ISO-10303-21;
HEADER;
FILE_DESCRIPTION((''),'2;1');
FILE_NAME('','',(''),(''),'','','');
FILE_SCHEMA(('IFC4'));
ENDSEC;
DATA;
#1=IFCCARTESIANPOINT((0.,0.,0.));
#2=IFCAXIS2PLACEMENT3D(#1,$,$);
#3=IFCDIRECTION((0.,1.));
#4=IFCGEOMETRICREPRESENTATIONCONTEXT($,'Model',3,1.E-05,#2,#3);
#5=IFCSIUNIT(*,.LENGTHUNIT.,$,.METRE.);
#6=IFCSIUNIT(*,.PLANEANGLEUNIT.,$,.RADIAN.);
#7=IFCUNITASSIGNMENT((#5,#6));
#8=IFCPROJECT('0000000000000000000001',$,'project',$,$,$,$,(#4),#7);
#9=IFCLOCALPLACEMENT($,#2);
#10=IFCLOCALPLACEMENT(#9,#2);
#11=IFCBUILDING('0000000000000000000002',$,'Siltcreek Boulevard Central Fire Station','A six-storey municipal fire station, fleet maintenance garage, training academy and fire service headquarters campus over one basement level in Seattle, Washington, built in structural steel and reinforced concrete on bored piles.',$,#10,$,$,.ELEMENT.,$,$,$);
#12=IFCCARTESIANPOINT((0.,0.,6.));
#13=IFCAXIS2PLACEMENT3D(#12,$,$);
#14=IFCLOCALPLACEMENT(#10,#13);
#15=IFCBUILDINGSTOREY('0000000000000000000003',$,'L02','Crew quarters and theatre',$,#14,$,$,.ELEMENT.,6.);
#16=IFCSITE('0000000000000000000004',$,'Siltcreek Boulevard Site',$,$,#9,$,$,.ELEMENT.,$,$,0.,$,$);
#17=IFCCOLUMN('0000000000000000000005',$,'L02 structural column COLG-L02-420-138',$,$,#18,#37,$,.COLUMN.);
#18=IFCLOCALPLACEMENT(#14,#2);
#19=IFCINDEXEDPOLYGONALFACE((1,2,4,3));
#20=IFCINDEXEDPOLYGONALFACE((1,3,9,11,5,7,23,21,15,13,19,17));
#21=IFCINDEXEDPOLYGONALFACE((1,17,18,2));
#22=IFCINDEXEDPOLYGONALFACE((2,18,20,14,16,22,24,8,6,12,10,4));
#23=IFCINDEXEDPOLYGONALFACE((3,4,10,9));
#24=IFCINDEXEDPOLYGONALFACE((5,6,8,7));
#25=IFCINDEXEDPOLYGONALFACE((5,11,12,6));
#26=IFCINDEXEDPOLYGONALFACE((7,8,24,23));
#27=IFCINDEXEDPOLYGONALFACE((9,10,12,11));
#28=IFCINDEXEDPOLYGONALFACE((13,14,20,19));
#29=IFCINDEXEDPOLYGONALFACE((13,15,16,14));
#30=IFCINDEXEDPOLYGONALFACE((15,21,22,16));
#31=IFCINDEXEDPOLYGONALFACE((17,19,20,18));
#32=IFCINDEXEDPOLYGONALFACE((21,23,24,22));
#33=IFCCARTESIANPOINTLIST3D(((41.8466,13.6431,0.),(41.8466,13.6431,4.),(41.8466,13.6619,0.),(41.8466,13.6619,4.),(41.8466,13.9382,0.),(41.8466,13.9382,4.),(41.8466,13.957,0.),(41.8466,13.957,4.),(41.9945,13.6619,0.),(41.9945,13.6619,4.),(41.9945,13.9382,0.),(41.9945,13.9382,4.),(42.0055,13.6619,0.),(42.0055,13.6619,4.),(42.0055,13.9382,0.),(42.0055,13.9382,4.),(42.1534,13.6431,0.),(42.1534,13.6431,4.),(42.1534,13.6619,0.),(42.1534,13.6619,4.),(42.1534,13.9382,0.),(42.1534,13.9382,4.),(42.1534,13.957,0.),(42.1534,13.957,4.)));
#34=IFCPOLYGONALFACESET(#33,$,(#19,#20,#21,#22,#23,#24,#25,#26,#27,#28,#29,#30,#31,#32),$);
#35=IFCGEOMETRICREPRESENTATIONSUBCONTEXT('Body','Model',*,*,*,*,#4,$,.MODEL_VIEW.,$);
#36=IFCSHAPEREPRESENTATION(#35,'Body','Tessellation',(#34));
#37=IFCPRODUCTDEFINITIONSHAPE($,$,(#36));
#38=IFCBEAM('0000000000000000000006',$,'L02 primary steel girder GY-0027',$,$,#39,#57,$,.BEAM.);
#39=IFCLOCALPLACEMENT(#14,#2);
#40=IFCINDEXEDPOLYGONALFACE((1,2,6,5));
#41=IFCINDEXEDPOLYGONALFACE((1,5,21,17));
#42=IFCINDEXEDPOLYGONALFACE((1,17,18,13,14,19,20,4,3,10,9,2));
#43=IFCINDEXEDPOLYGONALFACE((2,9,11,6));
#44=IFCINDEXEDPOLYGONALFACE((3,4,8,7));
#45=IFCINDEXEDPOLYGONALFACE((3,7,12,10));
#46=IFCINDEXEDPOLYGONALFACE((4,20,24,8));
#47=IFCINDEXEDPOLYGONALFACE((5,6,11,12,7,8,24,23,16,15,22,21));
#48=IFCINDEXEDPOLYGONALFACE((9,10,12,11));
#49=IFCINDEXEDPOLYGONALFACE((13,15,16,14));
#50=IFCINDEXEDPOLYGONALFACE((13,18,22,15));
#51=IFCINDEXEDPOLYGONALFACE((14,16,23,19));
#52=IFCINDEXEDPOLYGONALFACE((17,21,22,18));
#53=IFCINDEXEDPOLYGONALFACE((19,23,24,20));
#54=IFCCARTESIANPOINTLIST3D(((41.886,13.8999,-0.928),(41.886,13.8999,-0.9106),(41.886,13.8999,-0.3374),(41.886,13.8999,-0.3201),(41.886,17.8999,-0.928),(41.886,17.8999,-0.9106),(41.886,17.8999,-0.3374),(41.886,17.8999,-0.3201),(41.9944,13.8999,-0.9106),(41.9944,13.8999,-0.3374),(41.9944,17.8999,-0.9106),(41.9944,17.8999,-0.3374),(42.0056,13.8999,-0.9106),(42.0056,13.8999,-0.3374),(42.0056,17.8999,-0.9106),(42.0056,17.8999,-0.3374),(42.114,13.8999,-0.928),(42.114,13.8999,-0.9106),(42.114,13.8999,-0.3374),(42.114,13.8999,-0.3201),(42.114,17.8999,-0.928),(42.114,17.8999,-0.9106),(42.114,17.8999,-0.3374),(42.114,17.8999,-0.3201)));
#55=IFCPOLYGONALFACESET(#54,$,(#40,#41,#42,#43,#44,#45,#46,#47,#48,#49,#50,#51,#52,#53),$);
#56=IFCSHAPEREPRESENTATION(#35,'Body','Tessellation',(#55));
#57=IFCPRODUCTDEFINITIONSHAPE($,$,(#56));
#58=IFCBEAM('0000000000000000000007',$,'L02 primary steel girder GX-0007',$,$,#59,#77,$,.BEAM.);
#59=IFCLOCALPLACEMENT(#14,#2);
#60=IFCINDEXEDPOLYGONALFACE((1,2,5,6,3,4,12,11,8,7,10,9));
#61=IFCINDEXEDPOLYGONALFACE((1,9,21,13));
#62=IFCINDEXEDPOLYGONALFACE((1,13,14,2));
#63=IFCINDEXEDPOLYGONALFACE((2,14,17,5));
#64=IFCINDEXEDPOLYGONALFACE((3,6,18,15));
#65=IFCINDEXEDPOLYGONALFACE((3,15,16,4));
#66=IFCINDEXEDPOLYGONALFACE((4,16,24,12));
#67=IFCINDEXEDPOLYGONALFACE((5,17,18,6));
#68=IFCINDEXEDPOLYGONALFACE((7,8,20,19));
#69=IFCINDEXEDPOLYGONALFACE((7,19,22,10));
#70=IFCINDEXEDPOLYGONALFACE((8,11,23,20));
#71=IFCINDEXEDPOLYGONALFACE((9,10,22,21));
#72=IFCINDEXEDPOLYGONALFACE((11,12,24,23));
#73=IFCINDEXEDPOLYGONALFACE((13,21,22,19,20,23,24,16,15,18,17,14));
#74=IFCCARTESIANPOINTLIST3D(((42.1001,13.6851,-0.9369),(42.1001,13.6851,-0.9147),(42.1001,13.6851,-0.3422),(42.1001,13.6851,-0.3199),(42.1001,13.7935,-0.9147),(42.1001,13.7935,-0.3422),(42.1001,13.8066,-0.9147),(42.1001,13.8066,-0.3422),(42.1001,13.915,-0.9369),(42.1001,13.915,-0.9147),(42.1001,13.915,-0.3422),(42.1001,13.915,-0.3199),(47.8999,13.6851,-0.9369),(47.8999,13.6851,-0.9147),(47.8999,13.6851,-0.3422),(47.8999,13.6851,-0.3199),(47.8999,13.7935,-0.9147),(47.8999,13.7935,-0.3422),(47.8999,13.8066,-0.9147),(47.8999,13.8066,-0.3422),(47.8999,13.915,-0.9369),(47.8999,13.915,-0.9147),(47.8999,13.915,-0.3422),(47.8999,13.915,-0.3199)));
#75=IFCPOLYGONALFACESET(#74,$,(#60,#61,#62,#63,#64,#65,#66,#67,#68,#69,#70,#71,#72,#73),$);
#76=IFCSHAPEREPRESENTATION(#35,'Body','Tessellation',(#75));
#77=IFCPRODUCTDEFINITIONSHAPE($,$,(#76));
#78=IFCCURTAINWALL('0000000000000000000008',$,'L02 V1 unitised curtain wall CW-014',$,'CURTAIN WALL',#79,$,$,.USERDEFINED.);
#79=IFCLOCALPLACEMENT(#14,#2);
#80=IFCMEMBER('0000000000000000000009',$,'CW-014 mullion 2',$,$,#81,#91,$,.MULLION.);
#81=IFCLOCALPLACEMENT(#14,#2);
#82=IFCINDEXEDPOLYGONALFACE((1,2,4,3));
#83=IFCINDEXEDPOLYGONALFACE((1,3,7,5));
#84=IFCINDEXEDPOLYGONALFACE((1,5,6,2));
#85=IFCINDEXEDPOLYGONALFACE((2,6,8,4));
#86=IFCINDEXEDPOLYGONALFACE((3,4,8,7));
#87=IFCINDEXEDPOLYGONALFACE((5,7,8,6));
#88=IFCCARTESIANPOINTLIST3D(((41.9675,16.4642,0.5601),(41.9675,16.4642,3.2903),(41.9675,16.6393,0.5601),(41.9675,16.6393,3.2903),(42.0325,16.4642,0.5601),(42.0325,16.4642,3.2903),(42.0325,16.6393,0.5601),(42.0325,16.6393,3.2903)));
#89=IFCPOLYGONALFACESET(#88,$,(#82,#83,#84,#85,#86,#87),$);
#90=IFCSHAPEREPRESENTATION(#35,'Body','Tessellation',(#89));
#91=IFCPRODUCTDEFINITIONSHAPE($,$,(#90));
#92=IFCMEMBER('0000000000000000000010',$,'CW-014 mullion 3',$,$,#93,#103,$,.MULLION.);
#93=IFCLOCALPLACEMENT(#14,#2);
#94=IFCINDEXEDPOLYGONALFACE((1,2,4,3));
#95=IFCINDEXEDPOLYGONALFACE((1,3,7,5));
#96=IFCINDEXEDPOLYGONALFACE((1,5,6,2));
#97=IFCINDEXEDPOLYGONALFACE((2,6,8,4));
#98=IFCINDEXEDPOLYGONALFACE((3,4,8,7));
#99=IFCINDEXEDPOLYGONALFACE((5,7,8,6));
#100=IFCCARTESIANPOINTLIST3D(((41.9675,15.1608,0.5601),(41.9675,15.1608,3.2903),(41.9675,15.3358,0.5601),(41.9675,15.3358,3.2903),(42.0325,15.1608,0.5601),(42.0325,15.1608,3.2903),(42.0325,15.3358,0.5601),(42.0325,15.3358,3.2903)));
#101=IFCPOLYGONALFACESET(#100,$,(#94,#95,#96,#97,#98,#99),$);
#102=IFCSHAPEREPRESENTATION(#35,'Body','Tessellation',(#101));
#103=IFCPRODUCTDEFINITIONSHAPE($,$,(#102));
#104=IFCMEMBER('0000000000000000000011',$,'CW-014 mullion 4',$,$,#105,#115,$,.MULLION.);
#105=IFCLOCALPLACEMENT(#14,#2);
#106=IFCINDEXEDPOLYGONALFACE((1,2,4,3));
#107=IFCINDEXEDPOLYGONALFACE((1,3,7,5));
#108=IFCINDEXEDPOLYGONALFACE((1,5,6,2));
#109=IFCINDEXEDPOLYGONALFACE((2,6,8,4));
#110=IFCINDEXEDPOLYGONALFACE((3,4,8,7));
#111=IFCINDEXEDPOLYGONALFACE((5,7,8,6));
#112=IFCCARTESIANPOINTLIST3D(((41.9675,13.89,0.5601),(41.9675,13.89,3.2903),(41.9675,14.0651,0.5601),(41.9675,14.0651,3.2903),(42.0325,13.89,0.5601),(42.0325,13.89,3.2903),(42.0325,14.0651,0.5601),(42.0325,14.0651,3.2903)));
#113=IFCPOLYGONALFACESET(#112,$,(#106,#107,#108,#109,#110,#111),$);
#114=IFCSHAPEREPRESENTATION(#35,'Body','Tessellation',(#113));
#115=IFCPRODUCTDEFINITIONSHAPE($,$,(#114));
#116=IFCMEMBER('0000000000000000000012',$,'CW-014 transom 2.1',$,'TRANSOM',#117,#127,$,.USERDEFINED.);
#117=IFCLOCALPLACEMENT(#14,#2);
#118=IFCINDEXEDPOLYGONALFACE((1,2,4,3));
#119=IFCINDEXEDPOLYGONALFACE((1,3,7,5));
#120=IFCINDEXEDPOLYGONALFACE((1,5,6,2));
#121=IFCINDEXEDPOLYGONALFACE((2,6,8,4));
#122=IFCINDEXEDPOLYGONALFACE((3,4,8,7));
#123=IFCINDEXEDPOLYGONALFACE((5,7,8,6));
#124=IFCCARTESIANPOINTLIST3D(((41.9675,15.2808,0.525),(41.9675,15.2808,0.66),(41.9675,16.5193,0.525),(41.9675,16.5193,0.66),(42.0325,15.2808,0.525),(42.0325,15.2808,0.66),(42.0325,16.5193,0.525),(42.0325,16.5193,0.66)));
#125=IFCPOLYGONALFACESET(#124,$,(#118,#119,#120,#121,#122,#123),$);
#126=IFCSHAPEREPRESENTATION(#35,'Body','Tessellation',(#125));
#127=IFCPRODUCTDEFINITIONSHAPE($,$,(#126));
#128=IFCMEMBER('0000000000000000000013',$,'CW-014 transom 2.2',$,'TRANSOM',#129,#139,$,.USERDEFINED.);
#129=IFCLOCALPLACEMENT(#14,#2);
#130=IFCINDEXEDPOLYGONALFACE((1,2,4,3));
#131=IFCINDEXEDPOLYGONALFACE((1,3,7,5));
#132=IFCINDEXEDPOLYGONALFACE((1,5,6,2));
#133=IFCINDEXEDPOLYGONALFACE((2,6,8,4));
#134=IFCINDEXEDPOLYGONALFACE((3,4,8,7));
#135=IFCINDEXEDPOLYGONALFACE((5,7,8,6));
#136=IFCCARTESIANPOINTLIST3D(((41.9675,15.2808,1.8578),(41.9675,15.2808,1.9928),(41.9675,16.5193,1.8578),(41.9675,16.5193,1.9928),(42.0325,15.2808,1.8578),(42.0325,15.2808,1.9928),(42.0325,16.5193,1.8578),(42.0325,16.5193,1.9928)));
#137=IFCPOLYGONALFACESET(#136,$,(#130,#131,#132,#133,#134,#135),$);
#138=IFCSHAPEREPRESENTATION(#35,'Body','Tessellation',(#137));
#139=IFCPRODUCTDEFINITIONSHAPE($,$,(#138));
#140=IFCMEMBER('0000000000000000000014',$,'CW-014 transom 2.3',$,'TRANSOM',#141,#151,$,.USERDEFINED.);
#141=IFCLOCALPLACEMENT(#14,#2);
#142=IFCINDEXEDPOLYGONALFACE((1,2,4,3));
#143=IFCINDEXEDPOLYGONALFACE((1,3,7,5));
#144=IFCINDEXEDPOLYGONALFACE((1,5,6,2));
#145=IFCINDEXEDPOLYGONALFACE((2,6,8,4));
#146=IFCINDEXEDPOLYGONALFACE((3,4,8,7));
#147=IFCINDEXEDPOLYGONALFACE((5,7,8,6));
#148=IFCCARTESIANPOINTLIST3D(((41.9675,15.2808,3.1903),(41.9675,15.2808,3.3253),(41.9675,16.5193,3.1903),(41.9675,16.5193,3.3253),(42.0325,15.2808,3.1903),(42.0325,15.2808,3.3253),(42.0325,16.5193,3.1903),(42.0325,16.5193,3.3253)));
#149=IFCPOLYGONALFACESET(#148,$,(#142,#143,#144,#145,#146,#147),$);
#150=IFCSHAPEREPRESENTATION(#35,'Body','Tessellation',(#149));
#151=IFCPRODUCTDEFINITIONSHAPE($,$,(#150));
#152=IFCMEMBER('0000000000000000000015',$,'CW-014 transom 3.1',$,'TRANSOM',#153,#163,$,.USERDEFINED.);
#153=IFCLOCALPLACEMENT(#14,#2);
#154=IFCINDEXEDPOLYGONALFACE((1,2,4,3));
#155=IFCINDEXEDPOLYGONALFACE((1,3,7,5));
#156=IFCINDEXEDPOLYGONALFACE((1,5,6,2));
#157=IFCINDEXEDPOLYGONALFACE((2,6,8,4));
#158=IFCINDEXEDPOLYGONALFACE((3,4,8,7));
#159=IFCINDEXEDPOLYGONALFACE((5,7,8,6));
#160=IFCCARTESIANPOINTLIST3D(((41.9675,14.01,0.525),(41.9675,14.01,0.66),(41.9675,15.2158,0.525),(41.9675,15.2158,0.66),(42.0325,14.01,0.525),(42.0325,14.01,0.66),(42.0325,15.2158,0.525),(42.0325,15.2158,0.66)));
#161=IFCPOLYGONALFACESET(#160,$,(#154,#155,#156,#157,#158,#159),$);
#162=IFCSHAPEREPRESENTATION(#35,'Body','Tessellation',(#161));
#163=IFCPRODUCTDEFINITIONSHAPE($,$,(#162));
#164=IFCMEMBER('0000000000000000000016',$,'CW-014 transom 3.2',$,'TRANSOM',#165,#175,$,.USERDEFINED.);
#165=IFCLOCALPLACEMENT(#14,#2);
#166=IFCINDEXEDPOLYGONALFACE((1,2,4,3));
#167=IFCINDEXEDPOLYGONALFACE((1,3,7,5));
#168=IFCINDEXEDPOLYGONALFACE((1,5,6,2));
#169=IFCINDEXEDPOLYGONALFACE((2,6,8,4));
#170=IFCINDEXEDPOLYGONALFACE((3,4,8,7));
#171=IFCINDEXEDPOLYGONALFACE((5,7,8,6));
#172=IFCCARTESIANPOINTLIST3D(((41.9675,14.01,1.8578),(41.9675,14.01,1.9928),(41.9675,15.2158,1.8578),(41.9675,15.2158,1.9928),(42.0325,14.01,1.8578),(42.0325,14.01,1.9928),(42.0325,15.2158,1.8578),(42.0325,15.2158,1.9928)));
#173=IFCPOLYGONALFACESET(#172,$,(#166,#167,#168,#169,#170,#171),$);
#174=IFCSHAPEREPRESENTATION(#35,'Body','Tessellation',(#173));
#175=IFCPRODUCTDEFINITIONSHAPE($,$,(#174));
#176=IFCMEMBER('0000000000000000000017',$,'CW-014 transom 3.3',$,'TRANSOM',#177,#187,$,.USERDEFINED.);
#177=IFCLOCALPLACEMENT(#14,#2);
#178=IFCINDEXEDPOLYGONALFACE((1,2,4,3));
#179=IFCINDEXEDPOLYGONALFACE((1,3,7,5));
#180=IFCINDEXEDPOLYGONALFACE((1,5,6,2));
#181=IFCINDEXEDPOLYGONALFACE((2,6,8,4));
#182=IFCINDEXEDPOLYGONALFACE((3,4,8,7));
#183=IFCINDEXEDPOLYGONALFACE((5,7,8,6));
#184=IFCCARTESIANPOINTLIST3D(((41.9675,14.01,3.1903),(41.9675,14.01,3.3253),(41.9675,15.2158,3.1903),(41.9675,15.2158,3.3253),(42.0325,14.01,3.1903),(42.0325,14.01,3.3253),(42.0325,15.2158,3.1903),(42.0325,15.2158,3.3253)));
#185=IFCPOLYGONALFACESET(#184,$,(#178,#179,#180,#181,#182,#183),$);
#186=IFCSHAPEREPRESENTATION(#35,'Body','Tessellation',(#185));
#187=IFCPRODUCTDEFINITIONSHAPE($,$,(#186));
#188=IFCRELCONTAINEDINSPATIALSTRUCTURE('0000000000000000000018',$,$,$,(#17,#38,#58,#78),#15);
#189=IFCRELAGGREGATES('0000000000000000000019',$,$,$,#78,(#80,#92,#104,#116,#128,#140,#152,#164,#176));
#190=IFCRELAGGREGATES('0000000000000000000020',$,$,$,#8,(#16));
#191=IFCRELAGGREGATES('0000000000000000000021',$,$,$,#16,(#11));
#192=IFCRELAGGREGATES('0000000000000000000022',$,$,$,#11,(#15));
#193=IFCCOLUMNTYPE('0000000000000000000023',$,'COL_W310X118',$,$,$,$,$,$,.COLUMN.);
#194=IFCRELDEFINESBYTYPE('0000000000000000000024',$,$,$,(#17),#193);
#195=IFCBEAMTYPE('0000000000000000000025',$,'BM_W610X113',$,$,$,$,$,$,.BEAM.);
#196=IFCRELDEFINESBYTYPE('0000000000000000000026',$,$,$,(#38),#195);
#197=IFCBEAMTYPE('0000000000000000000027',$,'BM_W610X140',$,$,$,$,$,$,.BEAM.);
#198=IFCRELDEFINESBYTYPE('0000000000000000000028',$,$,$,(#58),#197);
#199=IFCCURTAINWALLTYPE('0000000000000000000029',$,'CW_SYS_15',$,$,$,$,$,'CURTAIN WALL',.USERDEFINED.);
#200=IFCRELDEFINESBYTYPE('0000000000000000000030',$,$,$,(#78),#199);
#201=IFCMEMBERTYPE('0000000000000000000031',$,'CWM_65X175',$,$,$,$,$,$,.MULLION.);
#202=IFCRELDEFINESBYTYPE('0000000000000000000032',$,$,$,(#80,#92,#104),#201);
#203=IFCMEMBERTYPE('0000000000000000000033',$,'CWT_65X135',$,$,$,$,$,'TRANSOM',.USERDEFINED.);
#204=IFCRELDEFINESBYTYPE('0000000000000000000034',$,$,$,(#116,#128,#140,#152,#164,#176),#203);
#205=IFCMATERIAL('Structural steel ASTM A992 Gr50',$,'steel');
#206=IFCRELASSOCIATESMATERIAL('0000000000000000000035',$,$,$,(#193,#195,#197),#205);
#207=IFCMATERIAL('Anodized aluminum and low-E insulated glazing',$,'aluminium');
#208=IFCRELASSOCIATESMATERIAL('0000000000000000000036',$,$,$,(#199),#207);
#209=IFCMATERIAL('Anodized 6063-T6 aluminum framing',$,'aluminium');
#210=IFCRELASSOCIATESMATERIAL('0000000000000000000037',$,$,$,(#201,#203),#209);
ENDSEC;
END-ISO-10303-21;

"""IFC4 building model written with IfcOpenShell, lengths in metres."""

from ifc_helpers import new_model, si_unit, direction, frame, origin, origin_2d, place, context, subcontext, project, spatial, rectangle, i_section, extrude, material, material_profile, profile_set, type_object, element, aggregate, save


model = new_model("IFC4")

# Units and contexts
model_context = context("Model", 3, precision=1e-05, world=origin(), true_north=direction((0.0, 1.0)))
body_context = subcontext(model_context, "Body", "Model", "MODEL_VIEW")
ifc_project = project(units=[si_unit("LENGTHUNIT", "METRE"), si_unit("PLANEANGLEUNIT", "RADIAN")], contexts=[model_context])

# Site, building, storey
site_placement = place(None, origin())
site = spatial("IfcSite", under=ifc_project, at=site_placement, Name="Siltcreek Boulevard Site", CompositionType="ELEMENT", RefElevation=0.0)
building_placement = place(site_placement, origin())
building = spatial("IfcBuilding", under=site, at=building_placement, Name="Siltcreek Boulevard Central Fire Station", Description="A six-storey municipal fire station, fleet maintenance garage, training academy and fire service headquarters campus over one basement level in Seattle, Washington, built in structural steel and reinforced concrete on bored piles.", CompositionType="ELEMENT")
storey_placement = place(building_placement, frame((0.0, 0.0, 6.0)))
storey = spatial("IfcBuildingStorey", under=building, at=storey_placement, Name="L02", Description="Crew quarters and theatre", CompositionType="ELEMENT", Elevation=6.0)

# Column
ifc_material_1 = material(Name="Structural steel ASTM A992 Gr50", Category="steel")
ifc_material_profile_1 = material_profile(ifc_material_1, i_section(OverallWidth=0.3069, OverallDepth=0.314, WebThickness=0.011, FlangeThickness=0.0188, at=origin_2d()), Name="W310X118")
ifc_profile_set_1 = profile_set([ifc_material_profile_1], Name="Structural steel ASTM A992 Gr50")
column_type = type_object("IfcColumnType", Name="COL_W310X118", PredefinedType="COLUMN", material=ifc_profile_set_1)
column_placement = place(storey_placement, frame((42.0, 13.8, 0.0), z_axis=(0.0, 0.0, 1.0), x_axis=(1.0, 0.0, 0.0)))
element("IfcColumn", 1, at=column_placement, inside=storey, type_object=column_type, Name="L02 structural column COLG-L02-420-138", PredefinedType="COLUMN", context=body_context, shape_type="SweptSolid", body=[
    extrude(i_section(OverallWidth=0.3069, OverallDepth=0.314, WebThickness=0.011, FlangeThickness=0.0188, at=origin_2d()), origin(), (0.0, 0.0, 1.0), 4.0),
])

# Beams
ifc_material_profile_2 = material_profile(ifc_material_1, i_section(OverallWidth=0.228, OverallDepth=0.6079, WebThickness=0.0112, FlangeThickness=0.0173, at=origin_2d()), Name="W610X113")
ifc_profile_set_2 = profile_set([ifc_material_profile_2], Name="Structural steel ASTM A992 Gr50")
beam_type_1 = type_object("IfcBeamType", Name="BM_W610X113", PredefinedType="BEAM", material=ifc_profile_set_2)
beam_1_placement = place(storey_placement, frame((42.0, 13.8999, -0.624), z_axis=(0.0, 1.0, 0.0), x_axis=(-1.0, 0.0, 0.0)))
element("IfcBeam", 2, at=beam_1_placement, inside=storey, type_object=beam_type_1, Name="L02 primary steel girder GY-0027", PredefinedType="BEAM", context=body_context, shape_type="SweptSolid", body=[
    extrude(i_section(OverallWidth=0.228, OverallDepth=0.6079, WebThickness=0.0112, FlangeThickness=0.0173, at=origin_2d()), origin(), (0.0, 0.0, 1.0), 4.0),
])
ifc_material_profile_3 = material_profile(ifc_material_1, i_section(OverallWidth=0.23, OverallDepth=0.6169, WebThickness=0.0132, FlangeThickness=0.0222, at=origin_2d()), Name="W610X140")
ifc_profile_set_3 = profile_set([ifc_material_profile_3], Name="Structural steel ASTM A992 Gr50")
beam_type_2 = type_object("IfcBeamType", Name="BM_W610X140", PredefinedType="BEAM", material=ifc_profile_set_3)
beam_2_placement = place(storey_placement, frame((42.1001, 13.8, -0.6284), z_axis=(1.0, 0.0, 0.0), x_axis=(0.0, 1.0, 0.0)))
element("IfcBeam", 3, at=beam_2_placement, inside=storey, type_object=beam_type_2, Name="L02 primary steel girder GX-0007", PredefinedType="BEAM", context=body_context, shape_type="SweptSolid", body=[
    extrude(i_section(OverallWidth=0.23, OverallDepth=0.6169, WebThickness=0.0132, FlangeThickness=0.0222, at=origin_2d()), origin(), (0.0, 0.0, 1.0), 5.7998),
])

# Curtain wall, members
ifc_material_2 = material(Name="Anodized aluminum and low-E insulated glazing", Category="aluminium")
curtain_wall_type = type_object("IfcCurtainWallType", Name="CW_SYS_15", ElementType="CURTAIN WALL", PredefinedType="USERDEFINED", material=ifc_material_2)
curtain_wall_placement = place(storey_placement, origin())
curtain_wall = element("IfcCurtainWall", 4, at=curtain_wall_placement, inside=storey, type_object=curtain_wall_type, Name="L02 V1 unitised curtain wall CW-014", ObjectType="CURTAIN WALL", PredefinedType="USERDEFINED")
ifc_material_3 = material(Name="Anodized 6063-T6 aluminum framing", Category="aluminium")
ifc_material_profile_4 = material_profile(ifc_material_3, rectangle(XDim=0.0649, YDim=0.175, at=origin_2d()), Name="MULL65X175")
ifc_profile_set_4 = profile_set([ifc_material_profile_4], Name="Anodized 6063-T6 aluminum framing")
member_type_1 = type_object("IfcMemberType", Name="CWM_65X175", PredefinedType="MULLION", material=ifc_profile_set_4)
member_1_placement = place(storey_placement, frame((42.0, 16.5518, 0.5601), z_axis=(0.0, 0.0, 1.0), x_axis=(1.0, 0.0, 0.0)))
member_1 = element("IfcMember", 5, at=member_1_placement, type_object=member_type_1, Name="CW-014 mullion 2", PredefinedType="MULLION", context=body_context, shape_type="SweptSolid", body=[
    extrude(rectangle(XDim=0.0649, YDim=0.175, at=origin_2d()), origin(), (0.0, 0.0, 1.0), 2.7302),
])
member_2_placement = place(storey_placement, frame((42.0, 15.2483, 0.5601), z_axis=(0.0, 0.0, 1.0), x_axis=(1.0, 0.0, 0.0)))
member_2 = element("IfcMember", 6, at=member_2_placement, type_object=member_type_1, Name="CW-014 mullion 3", PredefinedType="MULLION", context=body_context, shape_type="SweptSolid", body=[
    extrude(rectangle(XDim=0.0649, YDim=0.175, at=origin_2d()), origin(), (0.0, 0.0, 1.0), 2.7302),
])
member_3_placement = place(storey_placement, frame((42.0, 13.9775, 0.5601), z_axis=(0.0, 0.0, 1.0), x_axis=(1.0, 0.0, 0.0)))
member_3 = element("IfcMember", 7, at=member_3_placement, type_object=member_type_1, Name="CW-014 mullion 4", PredefinedType="MULLION", context=body_context, shape_type="SweptSolid", body=[
    extrude(rectangle(XDim=0.0649, YDim=0.175, at=origin_2d()), origin(), (0.0, 0.0, 1.0), 2.7302),
])
ifc_material_profile_5 = material_profile(ifc_material_3, rectangle(XDim=0.0649, YDim=0.135, at=origin_2d()), Name="TRAN65X135")
ifc_profile_set_5 = profile_set([ifc_material_profile_5], Name="Anodized 6063-T6 aluminum framing")
member_type_2 = type_object("IfcMemberType", Name="CWT_65X135", ElementType="TRANSOM", PredefinedType="USERDEFINED", material=ifc_profile_set_5)
member_4_placement = place(storey_placement, frame((42.0, 16.5193, 0.5925), z_axis=(0.0, -1.0, 0.0), x_axis=(1.0, 0.0, 0.0)))
member_4 = element("IfcMember", 8, at=member_4_placement, type_object=member_type_2, Name="CW-014 transom 2.1", ObjectType="TRANSOM", PredefinedType="USERDEFINED", context=body_context, shape_type="SweptSolid", body=[
    extrude(rectangle(XDim=0.0649, YDim=0.135, at=origin_2d()), origin(), (0.0, 0.0, 1.0), 1.2385),
])
member_5_placement = place(storey_placement, frame((42.0, 16.5193, 1.9253), z_axis=(0.0, -1.0, 0.0), x_axis=(1.0, 0.0, 0.0)))
member_5 = element("IfcMember", 9, at=member_5_placement, type_object=member_type_2, Name="CW-014 transom 2.2", ObjectType="TRANSOM", PredefinedType="USERDEFINED", context=body_context, shape_type="SweptSolid", body=[
    extrude(rectangle(XDim=0.0649, YDim=0.135, at=origin_2d()), origin(), (0.0, 0.0, 1.0), 1.2385),
])
member_6_placement = place(storey_placement, frame((42.0, 16.5193, 3.2578), z_axis=(0.0, -1.0, 0.0), x_axis=(1.0, 0.0, 0.0)))
member_6 = element("IfcMember", 10, at=member_6_placement, type_object=member_type_2, Name="CW-014 transom 2.3", ObjectType="TRANSOM", PredefinedType="USERDEFINED", context=body_context, shape_type="SweptSolid", body=[
    extrude(rectangle(XDim=0.0649, YDim=0.135, at=origin_2d()), origin(), (0.0, 0.0, 1.0), 1.2385),
])
member_7_placement = place(storey_placement, frame((42.0, 15.2158, 0.5925), z_axis=(0.0, -1.0, 0.0), x_axis=(1.0, 0.0, 0.0)))
member_7 = element("IfcMember", 11, at=member_7_placement, type_object=member_type_2, Name="CW-014 transom 3.1", ObjectType="TRANSOM", PredefinedType="USERDEFINED", context=body_context, shape_type="SweptSolid", body=[
    extrude(rectangle(XDim=0.0649, YDim=0.135, at=origin_2d()), origin(), (0.0, 0.0, 1.0), 1.2058),
])
member_8_placement = place(storey_placement, frame((42.0, 15.2158, 1.9253), z_axis=(0.0, -1.0, 0.0), x_axis=(1.0, 0.0, 0.0)))
member_8 = element("IfcMember", 12, at=member_8_placement, type_object=member_type_2, Name="CW-014 transom 3.2", ObjectType="TRANSOM", PredefinedType="USERDEFINED", context=body_context, shape_type="SweptSolid", body=[
    extrude(rectangle(XDim=0.0649, YDim=0.135, at=origin_2d()), origin(), (0.0, 0.0, 1.0), 1.2058),
])
member_9_placement = place(storey_placement, frame((42.0, 15.2158, 3.2578), z_axis=(0.0, -1.0, 0.0), x_axis=(1.0, 0.0, 0.0)))
member_9 = element("IfcMember", 13, at=member_9_placement, type_object=member_type_2, Name="CW-014 transom 3.3", ObjectType="TRANSOM", PredefinedType="USERDEFINED", context=body_context, shape_type="SweptSolid", body=[
    extrude(rectangle(XDim=0.0649, YDim=0.135, at=origin_2d()), origin(), (0.0, 0.0, 1.0), 1.2058),
])
aggregate(curtain_wall, [member_1, member_2, member_3, member_4, member_5, member_6, member_7, member_8, member_9])

save(model, "model.ifc")
